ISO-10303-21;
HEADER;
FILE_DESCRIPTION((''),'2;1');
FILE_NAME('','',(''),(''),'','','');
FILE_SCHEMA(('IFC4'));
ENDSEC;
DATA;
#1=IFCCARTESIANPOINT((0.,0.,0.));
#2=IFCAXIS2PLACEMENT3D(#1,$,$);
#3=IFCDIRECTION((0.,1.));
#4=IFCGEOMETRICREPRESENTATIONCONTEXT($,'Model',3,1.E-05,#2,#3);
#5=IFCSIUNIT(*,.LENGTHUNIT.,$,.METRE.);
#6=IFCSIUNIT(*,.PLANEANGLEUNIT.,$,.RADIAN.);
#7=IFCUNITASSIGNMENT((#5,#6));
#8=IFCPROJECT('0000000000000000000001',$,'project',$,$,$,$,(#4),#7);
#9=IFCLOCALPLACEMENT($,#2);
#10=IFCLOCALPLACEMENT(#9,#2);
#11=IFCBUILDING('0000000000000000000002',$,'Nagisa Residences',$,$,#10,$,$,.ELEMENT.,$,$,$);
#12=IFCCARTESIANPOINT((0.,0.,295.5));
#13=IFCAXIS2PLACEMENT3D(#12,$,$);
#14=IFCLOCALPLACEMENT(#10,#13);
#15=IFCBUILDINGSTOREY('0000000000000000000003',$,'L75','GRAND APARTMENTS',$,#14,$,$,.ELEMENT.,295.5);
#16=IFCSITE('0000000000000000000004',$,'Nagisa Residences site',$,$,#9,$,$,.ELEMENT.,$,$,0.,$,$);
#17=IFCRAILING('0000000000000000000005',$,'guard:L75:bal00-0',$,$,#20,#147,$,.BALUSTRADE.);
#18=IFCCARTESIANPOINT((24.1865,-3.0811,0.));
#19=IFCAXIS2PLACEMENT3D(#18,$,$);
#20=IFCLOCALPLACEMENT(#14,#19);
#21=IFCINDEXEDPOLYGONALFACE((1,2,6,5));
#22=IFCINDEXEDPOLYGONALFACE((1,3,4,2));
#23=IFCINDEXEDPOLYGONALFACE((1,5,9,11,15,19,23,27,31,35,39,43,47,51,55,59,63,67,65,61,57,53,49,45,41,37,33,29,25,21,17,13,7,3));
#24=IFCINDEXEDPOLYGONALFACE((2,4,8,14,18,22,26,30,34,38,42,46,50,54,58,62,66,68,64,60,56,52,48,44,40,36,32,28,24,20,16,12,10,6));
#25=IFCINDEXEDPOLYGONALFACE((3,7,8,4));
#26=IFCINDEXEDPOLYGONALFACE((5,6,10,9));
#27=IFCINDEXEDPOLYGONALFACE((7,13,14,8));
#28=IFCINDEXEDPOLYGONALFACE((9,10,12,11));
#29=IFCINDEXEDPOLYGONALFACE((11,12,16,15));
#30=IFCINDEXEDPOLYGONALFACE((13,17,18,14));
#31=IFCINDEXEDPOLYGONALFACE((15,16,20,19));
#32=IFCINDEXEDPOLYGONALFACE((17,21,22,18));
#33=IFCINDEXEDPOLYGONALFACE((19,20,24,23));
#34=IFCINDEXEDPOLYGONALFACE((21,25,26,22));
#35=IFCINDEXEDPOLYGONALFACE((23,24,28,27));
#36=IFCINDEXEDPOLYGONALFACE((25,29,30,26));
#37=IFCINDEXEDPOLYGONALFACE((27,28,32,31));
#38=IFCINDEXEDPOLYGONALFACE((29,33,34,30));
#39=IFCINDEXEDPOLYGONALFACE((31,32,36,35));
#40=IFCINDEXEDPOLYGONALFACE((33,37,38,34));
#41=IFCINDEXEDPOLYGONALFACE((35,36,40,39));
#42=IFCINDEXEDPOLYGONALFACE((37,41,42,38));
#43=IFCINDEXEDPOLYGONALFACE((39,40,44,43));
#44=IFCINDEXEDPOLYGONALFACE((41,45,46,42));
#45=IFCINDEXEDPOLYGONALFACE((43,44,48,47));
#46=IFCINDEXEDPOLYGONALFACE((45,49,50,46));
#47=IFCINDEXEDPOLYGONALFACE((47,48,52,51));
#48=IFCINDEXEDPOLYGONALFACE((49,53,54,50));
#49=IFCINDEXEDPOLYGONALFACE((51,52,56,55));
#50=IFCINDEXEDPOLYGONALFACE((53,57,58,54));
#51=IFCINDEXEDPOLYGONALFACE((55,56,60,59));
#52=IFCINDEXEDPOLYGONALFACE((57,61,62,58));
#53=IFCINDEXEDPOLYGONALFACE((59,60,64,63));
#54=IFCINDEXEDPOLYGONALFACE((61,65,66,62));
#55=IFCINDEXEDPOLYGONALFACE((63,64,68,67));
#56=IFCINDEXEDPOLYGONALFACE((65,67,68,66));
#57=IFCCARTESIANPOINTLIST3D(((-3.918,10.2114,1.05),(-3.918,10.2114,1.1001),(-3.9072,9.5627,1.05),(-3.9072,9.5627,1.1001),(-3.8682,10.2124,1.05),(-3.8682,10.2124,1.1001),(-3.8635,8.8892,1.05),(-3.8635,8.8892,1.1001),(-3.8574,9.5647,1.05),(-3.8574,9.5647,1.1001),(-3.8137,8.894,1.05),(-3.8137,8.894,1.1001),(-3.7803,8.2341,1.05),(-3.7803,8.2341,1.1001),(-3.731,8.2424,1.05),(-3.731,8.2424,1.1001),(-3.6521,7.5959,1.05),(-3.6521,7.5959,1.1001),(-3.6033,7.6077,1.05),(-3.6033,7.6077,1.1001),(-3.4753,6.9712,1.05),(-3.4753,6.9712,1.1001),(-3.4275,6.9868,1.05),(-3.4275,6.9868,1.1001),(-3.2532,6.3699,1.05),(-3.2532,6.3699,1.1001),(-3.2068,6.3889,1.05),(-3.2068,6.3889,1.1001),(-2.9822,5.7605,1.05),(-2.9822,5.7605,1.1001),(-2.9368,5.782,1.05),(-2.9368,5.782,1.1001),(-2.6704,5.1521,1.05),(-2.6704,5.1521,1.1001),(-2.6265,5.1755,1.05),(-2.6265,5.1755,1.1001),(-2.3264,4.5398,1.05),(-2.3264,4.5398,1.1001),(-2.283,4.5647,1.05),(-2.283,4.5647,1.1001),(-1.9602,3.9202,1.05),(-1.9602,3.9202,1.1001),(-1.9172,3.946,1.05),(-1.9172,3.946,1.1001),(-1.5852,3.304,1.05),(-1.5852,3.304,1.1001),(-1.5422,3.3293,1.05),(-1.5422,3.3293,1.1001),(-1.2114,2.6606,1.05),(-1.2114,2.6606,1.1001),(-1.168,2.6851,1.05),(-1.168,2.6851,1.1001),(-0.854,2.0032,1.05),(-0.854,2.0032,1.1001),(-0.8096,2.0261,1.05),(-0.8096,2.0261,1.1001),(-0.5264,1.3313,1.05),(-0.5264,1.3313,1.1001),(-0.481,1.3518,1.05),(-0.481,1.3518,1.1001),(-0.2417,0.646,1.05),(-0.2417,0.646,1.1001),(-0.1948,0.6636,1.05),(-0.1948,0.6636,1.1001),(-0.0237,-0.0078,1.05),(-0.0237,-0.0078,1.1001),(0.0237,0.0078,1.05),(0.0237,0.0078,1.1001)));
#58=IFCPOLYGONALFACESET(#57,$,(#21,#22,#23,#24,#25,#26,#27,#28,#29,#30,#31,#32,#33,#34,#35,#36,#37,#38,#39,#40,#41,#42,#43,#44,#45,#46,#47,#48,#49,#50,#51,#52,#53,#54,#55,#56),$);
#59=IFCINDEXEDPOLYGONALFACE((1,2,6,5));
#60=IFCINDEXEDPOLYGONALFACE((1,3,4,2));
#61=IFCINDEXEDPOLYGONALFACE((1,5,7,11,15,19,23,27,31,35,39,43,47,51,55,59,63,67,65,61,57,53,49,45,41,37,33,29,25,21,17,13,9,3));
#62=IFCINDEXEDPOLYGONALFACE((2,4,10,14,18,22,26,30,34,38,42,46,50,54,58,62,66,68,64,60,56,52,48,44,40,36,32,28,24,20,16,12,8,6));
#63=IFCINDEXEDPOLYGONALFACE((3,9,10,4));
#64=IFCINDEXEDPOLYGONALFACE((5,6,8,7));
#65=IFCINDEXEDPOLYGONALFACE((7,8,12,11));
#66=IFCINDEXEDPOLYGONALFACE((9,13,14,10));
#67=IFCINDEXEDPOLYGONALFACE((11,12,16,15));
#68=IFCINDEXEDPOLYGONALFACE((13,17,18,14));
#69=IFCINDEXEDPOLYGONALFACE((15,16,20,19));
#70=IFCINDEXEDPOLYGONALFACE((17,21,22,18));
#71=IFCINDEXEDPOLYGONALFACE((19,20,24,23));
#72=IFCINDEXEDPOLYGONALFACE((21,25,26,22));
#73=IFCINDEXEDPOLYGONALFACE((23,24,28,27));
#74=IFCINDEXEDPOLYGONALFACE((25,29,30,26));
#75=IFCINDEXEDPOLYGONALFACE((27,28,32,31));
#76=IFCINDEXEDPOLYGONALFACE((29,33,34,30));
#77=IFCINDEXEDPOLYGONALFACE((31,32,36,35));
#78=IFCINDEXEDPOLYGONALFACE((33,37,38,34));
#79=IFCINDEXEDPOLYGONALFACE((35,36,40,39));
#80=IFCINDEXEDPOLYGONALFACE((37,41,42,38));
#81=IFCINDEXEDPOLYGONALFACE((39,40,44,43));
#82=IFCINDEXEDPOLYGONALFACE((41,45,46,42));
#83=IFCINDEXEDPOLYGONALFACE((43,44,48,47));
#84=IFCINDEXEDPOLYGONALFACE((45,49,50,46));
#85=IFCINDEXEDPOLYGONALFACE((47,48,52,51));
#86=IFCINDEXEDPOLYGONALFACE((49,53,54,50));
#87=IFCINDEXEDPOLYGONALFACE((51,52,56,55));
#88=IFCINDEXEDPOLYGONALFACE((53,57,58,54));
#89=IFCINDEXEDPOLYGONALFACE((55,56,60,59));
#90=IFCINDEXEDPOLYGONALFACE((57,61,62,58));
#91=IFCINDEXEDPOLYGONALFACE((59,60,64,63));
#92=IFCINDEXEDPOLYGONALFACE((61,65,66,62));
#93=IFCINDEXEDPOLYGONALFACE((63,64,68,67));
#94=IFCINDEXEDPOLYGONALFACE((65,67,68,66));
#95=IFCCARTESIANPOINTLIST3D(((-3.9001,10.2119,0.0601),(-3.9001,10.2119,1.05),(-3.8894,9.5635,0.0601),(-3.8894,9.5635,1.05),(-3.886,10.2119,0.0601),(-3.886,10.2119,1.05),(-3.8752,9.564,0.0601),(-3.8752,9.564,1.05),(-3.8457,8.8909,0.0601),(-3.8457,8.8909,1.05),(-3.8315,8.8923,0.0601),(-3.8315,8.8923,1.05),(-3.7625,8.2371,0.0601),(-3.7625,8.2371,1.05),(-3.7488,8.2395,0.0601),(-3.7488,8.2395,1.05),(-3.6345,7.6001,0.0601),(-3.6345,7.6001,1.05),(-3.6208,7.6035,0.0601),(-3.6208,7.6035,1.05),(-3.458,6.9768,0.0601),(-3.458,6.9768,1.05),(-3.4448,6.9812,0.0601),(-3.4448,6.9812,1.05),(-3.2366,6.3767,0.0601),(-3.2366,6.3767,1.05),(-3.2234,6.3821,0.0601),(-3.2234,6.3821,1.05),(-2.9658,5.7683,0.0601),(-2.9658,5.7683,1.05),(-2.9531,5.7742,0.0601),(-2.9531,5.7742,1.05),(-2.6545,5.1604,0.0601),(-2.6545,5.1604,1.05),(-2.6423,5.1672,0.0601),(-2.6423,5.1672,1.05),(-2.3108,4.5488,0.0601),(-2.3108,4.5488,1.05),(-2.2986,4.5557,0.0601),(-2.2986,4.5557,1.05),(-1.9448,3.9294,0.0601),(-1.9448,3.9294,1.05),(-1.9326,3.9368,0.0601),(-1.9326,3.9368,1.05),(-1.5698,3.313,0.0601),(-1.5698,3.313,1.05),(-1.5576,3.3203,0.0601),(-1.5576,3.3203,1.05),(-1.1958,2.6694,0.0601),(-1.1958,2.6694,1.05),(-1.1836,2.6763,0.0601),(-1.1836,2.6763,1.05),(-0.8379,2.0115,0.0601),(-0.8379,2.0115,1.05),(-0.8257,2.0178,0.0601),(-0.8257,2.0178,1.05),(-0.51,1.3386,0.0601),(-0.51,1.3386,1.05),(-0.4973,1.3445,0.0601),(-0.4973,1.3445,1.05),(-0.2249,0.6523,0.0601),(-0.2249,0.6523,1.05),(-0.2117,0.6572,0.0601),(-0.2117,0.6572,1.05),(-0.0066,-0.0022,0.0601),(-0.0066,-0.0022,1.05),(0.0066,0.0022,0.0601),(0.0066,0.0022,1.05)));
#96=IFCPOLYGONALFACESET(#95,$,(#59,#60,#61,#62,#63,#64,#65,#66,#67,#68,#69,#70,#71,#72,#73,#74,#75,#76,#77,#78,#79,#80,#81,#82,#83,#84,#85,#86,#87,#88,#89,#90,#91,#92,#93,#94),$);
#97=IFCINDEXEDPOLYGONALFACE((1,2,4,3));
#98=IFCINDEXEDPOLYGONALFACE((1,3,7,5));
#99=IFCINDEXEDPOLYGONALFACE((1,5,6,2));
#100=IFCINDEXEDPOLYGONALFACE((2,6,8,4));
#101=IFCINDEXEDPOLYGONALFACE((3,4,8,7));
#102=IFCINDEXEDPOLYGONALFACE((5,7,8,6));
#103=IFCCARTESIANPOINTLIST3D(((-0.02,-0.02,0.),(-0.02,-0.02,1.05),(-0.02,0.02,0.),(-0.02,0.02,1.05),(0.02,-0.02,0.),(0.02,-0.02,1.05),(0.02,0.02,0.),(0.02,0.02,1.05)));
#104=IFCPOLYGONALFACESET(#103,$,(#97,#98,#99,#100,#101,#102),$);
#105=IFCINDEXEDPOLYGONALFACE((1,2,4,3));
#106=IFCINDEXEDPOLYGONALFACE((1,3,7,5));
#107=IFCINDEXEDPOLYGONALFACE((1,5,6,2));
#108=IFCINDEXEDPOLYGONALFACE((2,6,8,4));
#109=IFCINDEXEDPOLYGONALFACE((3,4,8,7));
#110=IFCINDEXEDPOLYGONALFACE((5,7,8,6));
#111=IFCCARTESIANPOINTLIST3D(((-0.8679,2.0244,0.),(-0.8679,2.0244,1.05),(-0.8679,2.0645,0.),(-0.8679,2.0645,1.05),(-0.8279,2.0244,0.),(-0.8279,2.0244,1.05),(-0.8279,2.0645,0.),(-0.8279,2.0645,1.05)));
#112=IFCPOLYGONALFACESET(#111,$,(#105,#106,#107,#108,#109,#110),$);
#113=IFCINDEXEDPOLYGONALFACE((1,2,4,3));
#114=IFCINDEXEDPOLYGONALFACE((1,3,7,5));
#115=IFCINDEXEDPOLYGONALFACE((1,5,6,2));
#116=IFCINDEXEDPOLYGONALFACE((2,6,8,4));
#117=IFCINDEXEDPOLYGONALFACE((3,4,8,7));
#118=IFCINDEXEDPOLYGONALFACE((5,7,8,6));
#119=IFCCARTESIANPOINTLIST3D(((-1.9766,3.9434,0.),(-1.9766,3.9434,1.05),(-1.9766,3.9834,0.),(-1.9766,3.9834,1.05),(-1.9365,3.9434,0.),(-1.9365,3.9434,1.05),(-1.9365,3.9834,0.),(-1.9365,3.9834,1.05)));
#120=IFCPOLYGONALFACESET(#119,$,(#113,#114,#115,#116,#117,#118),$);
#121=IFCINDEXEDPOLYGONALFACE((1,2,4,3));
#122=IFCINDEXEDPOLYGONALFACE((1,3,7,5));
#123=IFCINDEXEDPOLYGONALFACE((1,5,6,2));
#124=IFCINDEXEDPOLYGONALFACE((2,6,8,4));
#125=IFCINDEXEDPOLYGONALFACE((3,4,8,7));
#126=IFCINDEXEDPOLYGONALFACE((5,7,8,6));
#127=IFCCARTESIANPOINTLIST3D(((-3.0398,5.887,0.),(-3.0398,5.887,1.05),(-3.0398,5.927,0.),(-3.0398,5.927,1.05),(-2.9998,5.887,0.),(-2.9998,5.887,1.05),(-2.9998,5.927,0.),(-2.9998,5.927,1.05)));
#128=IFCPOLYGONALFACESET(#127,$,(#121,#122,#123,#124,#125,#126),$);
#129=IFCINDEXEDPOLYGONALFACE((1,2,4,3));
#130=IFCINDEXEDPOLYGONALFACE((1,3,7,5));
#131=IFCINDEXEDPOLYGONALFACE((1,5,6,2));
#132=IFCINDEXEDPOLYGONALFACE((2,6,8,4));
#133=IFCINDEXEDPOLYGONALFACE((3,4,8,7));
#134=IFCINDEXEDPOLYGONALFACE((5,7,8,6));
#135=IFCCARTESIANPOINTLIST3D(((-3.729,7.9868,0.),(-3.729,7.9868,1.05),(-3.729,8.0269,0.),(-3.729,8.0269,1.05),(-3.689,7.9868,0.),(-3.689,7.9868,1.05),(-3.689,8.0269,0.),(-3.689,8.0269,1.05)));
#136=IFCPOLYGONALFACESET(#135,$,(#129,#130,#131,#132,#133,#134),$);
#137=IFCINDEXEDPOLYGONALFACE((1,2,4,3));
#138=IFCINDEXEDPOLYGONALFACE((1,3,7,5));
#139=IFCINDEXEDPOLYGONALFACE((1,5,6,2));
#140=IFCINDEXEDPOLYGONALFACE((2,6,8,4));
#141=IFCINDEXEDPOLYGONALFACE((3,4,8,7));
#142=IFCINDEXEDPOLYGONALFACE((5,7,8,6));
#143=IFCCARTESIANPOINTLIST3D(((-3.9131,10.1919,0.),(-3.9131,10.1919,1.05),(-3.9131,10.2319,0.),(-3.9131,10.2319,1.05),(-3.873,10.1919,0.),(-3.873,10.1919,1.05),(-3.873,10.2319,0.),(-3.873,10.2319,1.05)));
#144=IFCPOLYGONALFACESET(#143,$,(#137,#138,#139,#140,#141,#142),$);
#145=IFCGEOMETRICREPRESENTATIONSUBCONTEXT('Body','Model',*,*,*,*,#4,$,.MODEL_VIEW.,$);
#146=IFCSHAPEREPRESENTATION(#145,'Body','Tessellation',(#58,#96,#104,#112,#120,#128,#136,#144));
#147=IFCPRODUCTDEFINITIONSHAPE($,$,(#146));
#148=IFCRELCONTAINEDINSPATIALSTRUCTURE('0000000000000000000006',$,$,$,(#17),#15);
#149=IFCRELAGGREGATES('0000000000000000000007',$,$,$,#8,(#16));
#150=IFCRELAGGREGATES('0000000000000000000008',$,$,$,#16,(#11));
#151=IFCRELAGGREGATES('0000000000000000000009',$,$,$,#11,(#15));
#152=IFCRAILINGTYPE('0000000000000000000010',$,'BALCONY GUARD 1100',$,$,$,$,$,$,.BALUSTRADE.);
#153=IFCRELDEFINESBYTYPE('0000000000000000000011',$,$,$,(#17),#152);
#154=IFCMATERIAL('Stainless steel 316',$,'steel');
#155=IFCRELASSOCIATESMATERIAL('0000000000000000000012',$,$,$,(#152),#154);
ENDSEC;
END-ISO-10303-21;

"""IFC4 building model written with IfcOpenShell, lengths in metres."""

from ifc_helpers import new_model, si_unit, direction, frame, origin, origin_2d, place, context, subcontext, project, spatial, polyline, rectangle, outline, extrude, material, type_object, element, save


model = new_model("IFC4")

# Units and contexts
model_context = context("Model", 3, precision=1e-05, world=origin(), true_north=direction((0.0, 1.0)))
body_context = subcontext(model_context, "Body", "Model", "MODEL_VIEW")
ifc_project = project(units=[si_unit("LENGTHUNIT", "METRE"), si_unit("PLANEANGLEUNIT", "RADIAN")], contexts=[model_context])

# Site, building, storey
site_placement = place(None, origin())
site = spatial("IfcSite", under=ifc_project, at=site_placement, Name="Nagisa Residences site", CompositionType="ELEMENT", RefElevation=0.0)
building_placement = place(site_placement, origin())
building = spatial("IfcBuilding", under=site, at=building_placement, Name="Nagisa Residences", CompositionType="ELEMENT")
storey_placement = place(building_placement, frame((0.0, 0.0, 295.5)))
storey = spatial("IfcBuildingStorey", under=building, at=storey_placement, Name="L75", Description="GRAND APARTMENTS", CompositionType="ELEMENT", Elevation=295.5)

# Railing
ifc_material_1 = material(Name="Stainless steel 316", Category="steel")
railing_type = type_object("IfcRailingType", Name="BALCONY GUARD 1100", PredefinedType="BALUSTRADE", material=ifc_material_1)
railing_placement = place(storey_placement, frame((24.1865, -3.0811, 0.0)))
element("IfcRailing", 1, at=railing_placement, inside=storey, type_object=railing_type, Name="guard:L75:bal00-0", PredefinedType="BALUSTRADE", context=body_context, shape_type="SweptSolid", body=[
    extrude(outline(polyline([(-0.2417, 0.646), (-0.0237, -0.0078), (0.0237, 0.0078), (-0.1948, 0.6636), (-0.481, 1.3518), (-0.8096, 2.0261), (-1.168, 2.6851), (-1.5422, 3.3293), (-1.9172, 3.946), (-2.283, 4.5647), (-2.6265, 5.1755), (-2.9368, 5.782), (-3.2068, 6.3889), (-3.4275, 6.9868), (-3.6033, 7.6077), (-3.731, 8.2424), (-3.8137, 8.894), (-3.8574, 9.5647), (-3.8682, 10.2124), (-3.918, 10.2114), (-3.9072, 9.5627), (-3.8635, 8.8892), (-3.7803, 8.2341), (-3.6521, 7.5959), (-3.4753, 6.9712), (-3.2532, 6.3699), (-2.9822, 5.7605), (-2.6704, 5.1521), (-2.3264, 4.5398), (-1.9602, 3.9202), (-1.5852, 3.304), (-1.2114, 2.6606), (-0.854, 2.0032), (-0.5264, 1.3313), (-0.2417, 0.646)])), frame((0.0, 0.0, 1.05)), (0.0, 0.0, 1.0), 0.05),
    extrude(outline(polyline([(-0.2249, 0.6523), (-0.0066, -0.0022), (0.0066, 0.0022), (-0.2117, 0.6572), (-0.4973, 1.3445), (-0.8257, 2.0178), (-1.1836, 2.6763), (-1.5576, 3.3203), (-1.9326, 3.9368), (-2.2986, 4.5557), (-2.6423, 5.1672), (-2.9531, 5.7742), (-3.2234, 6.3821), (-3.4448, 6.9812), (-3.6208, 7.6035), (-3.7488, 8.2395), (-3.8315, 8.8923), (-3.8752, 9.564), (-3.886, 10.2119), (-3.9001, 10.2119), (-3.8894, 9.5635), (-3.8457, 8.8909), (-3.7625, 8.2371), (-3.6345, 7.6001), (-3.458, 6.9768), (-3.2366, 6.3767), (-2.9658, 5.7683), (-2.6545, 5.1604), (-2.3108, 4.5488), (-1.9448, 3.9294), (-1.5698, 3.313), (-1.1958, 2.6694), (-0.8379, 2.0115), (-0.51, 1.3386), (-0.2249, 0.6523)])), frame((0.0, 0.0, 0.0601)), (0.0, 0.0, 1.0), 0.99),
    extrude(rectangle(XDim=0.04, YDim=0.04, at=origin_2d()), origin(), (0.0, 0.0, 1.0), 1.05),
    extrude(rectangle(XDim=0.04, YDim=0.04, at=origin_2d()), frame((-0.8479, 2.0444, 0.0)), (0.0, 0.0, 1.0), 1.05),
    extrude(rectangle(XDim=0.04, YDim=0.04, at=origin_2d()), frame((-1.9565, 3.9634, 0.0)), (0.0, 0.0, 1.0), 1.05),
    extrude(rectangle(XDim=0.04, YDim=0.04, at=origin_2d()), frame((-3.0198, 5.907, 0.0)), (0.0, 0.0, 1.0), 1.05),
    extrude(rectangle(XDim=0.04, YDim=0.04, at=origin_2d()), frame((-3.709, 8.0068, 0.0)), (0.0, 0.0, 1.0), 1.05),
    extrude(rectangle(XDim=0.04, YDim=0.04, at=origin_2d()), frame((-3.8931, 10.2119, 0.0)), (0.0, 0.0, 1.0), 1.05),
])

save(model, "model.ifc")
